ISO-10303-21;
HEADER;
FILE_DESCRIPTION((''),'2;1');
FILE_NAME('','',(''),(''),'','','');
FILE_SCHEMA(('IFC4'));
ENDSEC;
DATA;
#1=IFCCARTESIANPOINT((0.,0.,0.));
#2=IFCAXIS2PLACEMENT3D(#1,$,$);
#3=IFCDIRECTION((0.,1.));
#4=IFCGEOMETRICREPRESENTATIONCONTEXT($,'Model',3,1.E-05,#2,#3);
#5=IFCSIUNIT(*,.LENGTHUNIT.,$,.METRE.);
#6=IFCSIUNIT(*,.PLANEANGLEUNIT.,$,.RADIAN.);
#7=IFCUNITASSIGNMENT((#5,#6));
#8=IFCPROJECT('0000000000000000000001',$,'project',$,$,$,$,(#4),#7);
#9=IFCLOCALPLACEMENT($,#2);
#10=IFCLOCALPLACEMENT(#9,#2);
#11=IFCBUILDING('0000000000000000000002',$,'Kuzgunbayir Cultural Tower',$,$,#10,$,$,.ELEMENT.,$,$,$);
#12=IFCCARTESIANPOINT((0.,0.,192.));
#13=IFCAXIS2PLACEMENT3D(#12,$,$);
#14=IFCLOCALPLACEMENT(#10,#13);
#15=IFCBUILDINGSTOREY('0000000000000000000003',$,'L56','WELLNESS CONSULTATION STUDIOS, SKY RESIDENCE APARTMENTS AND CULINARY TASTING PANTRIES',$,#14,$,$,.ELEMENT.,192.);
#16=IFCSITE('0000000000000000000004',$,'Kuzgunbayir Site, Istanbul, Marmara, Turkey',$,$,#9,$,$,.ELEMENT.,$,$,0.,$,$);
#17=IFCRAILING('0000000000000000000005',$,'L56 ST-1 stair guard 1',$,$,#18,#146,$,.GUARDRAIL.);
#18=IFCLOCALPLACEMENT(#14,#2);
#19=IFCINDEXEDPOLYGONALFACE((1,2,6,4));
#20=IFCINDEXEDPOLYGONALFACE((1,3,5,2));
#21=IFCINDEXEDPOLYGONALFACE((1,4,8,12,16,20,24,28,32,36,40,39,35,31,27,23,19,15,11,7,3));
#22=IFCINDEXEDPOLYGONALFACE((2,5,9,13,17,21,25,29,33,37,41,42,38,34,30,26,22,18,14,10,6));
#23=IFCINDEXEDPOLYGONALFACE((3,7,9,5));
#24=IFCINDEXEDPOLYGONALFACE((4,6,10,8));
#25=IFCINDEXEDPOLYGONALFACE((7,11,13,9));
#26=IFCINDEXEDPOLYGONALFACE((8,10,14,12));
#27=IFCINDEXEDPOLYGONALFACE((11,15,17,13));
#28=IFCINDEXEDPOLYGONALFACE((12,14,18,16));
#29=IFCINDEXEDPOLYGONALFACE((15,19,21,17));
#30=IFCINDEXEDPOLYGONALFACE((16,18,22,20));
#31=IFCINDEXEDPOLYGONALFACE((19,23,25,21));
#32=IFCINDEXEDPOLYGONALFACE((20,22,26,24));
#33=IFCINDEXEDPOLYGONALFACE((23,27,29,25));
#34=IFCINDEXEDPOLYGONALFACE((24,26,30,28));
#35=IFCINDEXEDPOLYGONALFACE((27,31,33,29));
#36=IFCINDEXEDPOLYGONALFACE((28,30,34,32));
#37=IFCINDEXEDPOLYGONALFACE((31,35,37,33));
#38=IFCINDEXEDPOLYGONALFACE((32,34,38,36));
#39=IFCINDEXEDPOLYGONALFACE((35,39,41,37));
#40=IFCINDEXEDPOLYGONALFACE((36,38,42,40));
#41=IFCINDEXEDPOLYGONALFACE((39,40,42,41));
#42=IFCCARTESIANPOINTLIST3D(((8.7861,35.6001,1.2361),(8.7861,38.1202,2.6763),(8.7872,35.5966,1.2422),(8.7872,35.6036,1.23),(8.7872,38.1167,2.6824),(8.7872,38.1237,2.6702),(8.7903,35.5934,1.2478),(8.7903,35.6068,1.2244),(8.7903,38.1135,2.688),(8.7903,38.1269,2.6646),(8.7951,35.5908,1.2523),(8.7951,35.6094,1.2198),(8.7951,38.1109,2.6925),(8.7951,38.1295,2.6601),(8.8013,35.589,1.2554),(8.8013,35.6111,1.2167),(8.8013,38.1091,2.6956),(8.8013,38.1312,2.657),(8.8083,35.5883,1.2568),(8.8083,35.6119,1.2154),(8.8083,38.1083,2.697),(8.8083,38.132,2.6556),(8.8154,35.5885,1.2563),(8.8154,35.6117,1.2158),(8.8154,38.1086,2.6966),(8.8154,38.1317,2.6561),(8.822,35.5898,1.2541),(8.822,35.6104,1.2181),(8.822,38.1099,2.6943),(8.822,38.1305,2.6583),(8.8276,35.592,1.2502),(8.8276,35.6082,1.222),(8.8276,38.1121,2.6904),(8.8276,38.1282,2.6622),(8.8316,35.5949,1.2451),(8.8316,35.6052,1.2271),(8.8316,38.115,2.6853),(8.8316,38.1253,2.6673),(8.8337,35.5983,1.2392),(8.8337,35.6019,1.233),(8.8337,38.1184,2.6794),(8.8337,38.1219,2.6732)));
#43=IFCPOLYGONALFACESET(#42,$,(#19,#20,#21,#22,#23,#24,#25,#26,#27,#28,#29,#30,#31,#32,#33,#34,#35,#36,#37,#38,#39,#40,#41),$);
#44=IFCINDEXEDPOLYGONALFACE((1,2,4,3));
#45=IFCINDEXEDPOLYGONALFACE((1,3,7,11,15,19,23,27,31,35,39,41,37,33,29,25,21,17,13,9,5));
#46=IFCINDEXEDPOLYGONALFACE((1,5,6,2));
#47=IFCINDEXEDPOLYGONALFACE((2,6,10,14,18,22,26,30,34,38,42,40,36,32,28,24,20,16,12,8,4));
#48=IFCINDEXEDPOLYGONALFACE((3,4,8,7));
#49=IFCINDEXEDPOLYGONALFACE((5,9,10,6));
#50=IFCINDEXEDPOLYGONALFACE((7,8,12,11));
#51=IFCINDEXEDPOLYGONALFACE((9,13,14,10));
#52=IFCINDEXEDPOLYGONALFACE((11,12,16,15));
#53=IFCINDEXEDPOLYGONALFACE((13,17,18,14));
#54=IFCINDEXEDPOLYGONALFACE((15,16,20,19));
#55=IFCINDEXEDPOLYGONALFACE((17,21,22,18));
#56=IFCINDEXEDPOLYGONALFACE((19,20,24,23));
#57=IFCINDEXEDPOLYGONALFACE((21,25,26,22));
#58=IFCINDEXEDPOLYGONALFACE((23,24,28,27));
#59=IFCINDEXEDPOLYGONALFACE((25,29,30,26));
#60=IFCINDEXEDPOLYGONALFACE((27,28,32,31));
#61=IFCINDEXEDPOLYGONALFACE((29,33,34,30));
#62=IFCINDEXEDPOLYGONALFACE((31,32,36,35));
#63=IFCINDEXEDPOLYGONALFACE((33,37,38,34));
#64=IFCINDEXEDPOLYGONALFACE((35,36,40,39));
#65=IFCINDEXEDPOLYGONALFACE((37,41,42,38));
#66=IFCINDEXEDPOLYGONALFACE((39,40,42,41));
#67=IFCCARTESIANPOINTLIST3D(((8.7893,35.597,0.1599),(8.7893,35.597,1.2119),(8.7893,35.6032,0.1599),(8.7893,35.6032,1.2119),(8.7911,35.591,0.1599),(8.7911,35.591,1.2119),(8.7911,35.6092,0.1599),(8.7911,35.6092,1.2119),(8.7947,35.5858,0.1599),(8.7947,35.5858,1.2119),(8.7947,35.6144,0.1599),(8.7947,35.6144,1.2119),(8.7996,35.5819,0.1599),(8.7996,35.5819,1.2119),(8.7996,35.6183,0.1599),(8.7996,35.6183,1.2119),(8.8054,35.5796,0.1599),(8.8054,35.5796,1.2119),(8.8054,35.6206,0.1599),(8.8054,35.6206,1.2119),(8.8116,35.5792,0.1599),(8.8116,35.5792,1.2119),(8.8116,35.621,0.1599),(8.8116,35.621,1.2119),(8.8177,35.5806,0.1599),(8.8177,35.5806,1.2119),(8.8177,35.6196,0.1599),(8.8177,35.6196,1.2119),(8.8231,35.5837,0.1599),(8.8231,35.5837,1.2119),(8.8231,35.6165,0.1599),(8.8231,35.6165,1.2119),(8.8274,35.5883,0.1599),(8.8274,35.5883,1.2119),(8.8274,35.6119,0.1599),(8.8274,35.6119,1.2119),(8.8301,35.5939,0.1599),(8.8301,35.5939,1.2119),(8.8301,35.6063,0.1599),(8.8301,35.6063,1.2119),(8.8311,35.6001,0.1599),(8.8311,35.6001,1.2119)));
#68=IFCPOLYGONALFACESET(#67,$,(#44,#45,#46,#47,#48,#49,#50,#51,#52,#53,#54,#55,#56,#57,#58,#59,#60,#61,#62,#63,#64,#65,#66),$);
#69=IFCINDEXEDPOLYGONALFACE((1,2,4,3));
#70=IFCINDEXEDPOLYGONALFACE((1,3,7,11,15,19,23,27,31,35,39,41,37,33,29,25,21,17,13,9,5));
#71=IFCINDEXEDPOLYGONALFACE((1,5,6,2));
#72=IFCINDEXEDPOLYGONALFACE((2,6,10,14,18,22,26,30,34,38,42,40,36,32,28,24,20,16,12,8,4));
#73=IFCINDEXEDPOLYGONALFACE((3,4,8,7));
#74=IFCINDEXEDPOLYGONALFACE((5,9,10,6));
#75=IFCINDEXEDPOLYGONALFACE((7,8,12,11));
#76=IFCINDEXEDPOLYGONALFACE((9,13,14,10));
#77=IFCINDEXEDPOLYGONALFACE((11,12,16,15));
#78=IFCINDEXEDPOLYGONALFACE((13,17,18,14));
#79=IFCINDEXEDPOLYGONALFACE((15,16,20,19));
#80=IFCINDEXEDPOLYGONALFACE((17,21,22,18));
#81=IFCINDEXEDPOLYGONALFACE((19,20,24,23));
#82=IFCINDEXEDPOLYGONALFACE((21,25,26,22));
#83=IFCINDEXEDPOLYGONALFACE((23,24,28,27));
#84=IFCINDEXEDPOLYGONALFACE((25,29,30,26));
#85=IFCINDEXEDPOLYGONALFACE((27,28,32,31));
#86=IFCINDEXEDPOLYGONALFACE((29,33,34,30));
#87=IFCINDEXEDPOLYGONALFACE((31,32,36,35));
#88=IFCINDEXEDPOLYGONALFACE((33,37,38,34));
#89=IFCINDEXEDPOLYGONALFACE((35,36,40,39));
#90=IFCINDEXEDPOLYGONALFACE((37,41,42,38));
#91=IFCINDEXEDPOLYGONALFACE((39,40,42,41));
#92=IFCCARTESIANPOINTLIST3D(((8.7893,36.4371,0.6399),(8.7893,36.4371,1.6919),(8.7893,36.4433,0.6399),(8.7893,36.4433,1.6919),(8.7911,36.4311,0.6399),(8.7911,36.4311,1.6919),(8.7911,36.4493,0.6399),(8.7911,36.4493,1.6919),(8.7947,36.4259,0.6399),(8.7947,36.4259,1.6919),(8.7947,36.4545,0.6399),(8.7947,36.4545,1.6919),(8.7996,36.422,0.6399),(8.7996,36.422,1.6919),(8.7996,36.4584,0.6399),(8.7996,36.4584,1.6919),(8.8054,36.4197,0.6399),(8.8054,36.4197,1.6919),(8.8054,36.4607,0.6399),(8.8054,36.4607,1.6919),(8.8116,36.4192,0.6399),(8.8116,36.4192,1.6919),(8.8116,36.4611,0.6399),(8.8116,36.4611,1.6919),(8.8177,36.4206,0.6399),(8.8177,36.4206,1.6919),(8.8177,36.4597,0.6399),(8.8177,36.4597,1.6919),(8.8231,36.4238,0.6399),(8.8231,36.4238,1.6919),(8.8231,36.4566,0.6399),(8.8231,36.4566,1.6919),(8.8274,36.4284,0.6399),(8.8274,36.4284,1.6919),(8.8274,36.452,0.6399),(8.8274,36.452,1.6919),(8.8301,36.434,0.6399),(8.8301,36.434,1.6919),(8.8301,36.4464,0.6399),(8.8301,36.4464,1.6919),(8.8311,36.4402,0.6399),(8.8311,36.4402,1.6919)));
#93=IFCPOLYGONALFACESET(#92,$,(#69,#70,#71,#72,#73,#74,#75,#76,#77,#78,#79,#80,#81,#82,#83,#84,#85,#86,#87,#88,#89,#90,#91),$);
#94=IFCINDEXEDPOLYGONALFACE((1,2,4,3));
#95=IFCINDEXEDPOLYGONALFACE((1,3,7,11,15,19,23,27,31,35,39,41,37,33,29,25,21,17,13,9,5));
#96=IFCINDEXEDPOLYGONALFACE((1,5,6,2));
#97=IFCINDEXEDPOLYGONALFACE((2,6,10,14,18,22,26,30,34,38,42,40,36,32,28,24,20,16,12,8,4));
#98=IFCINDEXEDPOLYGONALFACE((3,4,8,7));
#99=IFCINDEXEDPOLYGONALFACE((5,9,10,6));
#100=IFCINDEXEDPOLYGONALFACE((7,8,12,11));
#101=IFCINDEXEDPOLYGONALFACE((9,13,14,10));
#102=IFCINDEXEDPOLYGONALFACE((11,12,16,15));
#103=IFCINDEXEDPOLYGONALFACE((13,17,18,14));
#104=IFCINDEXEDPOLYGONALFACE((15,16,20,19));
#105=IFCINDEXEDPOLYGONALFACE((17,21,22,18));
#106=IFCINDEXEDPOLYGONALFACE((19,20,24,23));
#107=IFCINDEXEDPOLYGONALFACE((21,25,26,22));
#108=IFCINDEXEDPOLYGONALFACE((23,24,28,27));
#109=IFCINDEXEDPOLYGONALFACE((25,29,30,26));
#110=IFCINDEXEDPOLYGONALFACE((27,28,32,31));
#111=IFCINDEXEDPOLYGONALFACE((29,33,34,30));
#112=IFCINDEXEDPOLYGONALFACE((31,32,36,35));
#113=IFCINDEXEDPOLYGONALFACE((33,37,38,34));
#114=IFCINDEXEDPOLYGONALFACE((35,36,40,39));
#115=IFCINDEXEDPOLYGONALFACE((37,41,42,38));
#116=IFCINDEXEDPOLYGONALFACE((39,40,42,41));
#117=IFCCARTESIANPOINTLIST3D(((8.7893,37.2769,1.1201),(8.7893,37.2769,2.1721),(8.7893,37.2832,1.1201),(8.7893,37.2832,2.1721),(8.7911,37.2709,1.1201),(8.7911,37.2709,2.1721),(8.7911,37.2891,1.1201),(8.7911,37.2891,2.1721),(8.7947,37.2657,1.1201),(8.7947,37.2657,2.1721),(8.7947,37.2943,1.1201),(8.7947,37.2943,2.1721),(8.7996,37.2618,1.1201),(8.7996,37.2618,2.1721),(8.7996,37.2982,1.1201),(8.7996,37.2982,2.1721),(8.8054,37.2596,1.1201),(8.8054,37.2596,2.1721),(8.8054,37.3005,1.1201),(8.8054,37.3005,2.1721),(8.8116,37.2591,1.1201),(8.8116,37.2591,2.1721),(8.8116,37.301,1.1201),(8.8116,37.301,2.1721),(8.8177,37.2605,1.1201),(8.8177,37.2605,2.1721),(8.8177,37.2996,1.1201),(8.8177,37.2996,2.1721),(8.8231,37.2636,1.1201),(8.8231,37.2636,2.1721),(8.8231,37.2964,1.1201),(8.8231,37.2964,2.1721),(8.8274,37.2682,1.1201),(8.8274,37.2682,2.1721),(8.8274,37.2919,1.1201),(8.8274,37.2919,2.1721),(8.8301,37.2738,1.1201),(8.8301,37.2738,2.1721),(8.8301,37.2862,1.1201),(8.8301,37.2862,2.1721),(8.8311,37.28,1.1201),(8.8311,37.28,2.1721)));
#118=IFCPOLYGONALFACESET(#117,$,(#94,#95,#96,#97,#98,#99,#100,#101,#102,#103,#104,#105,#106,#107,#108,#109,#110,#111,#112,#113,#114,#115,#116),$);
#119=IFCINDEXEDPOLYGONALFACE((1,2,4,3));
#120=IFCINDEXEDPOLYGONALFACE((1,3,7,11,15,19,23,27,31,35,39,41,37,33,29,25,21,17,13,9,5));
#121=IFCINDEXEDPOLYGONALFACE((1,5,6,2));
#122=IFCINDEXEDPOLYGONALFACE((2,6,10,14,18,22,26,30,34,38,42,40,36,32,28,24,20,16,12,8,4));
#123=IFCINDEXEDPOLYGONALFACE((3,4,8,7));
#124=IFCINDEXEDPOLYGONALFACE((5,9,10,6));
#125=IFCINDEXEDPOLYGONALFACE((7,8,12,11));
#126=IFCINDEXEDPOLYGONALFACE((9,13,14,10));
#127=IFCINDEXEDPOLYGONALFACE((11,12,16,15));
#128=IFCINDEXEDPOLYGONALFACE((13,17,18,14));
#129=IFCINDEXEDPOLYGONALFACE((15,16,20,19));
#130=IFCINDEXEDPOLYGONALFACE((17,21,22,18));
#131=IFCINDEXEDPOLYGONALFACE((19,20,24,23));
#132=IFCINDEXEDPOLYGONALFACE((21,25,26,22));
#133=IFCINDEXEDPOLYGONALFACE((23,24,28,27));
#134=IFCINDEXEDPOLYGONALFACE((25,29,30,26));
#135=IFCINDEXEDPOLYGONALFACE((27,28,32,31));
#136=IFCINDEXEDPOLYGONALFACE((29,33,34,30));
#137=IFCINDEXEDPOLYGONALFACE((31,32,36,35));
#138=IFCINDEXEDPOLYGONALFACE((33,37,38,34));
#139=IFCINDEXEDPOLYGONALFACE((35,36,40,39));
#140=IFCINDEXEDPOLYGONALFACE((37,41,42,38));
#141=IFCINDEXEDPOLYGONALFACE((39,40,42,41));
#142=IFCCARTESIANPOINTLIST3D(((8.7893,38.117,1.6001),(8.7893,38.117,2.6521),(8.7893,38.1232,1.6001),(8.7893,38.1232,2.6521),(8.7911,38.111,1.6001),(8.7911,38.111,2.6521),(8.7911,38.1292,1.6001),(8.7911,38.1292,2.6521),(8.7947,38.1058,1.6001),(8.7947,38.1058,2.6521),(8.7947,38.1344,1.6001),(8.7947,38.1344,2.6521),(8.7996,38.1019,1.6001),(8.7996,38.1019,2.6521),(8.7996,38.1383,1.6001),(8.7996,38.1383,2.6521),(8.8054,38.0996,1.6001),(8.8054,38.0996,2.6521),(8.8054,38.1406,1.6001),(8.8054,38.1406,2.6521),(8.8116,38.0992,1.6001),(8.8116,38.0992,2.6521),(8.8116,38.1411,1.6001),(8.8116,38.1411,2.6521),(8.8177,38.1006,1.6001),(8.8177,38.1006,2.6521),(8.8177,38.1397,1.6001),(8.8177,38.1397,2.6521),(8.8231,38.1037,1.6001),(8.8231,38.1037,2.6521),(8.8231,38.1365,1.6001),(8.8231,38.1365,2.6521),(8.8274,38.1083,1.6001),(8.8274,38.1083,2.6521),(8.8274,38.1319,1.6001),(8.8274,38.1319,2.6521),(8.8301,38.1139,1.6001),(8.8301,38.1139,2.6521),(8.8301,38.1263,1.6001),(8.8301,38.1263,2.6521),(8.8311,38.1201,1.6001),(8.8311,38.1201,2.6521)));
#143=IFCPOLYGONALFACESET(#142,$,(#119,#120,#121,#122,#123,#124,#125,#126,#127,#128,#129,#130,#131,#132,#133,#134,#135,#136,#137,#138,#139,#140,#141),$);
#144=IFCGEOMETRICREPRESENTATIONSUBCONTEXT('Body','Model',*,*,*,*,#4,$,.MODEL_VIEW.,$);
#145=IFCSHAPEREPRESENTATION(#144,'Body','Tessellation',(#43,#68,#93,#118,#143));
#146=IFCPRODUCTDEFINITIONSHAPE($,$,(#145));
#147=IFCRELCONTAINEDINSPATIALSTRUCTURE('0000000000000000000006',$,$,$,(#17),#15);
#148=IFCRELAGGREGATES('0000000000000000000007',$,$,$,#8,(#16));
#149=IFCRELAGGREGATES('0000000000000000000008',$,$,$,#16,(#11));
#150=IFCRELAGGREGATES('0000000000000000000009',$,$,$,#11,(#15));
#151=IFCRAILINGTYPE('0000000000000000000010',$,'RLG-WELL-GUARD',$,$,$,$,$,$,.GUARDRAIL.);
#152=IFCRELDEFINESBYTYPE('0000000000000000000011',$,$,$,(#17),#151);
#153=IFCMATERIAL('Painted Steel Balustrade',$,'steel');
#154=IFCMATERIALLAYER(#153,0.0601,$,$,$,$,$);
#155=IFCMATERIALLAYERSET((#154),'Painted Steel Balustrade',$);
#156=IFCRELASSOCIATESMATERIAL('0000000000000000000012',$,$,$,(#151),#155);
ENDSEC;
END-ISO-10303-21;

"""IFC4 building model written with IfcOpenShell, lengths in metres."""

from ifc_helpers import new_model, si_unit, direction, frame, origin, origin_2d, place, context, subcontext, project, spatial, circle, extrude, material, layer, layer_set, type_object, element, save


model = new_model("IFC4")

# Units and contexts
model_context = context("Model", 3, precision=1e-05, world=origin(), true_north=direction((0.0, 1.0)))
body_context = subcontext(model_context, "Body", "Model", "MODEL_VIEW")
ifc_project = project(units=[si_unit("LENGTHUNIT", "METRE"), si_unit("PLANEANGLEUNIT", "RADIAN")], contexts=[model_context])

# Site, building, storey
site_placement = place(None, origin())
site = spatial("IfcSite", under=ifc_project, at=site_placement, Name="Kuzgunbayir Site, Istanbul, Marmara, Turkey", CompositionType="ELEMENT", RefElevation=0.0)
building_placement = place(site_placement, origin())
building = spatial("IfcBuilding", under=site, at=building_placement, Name="Kuzgunbayir Cultural Tower", CompositionType="ELEMENT")
storey_placement = place(building_placement, frame((0.0, 0.0, 192.0)))
storey = spatial("IfcBuildingStorey", under=building, at=storey_placement, Name="L56", Description="WELLNESS CONSULTATION STUDIOS, SKY RESIDENCE APARTMENTS AND CULINARY TASTING PANTRIES", CompositionType="ELEMENT", Elevation=192.0)

# Railing
ifc_material_1 = material(Name="Painted Steel Balustrade", Category="steel")
ifc_layer_1 = layer(ifc_material_1, 0.0601)
ifc_layer_set_1 = layer_set([ifc_layer_1], Name="Painted Steel Balustrade")
railing_type_1 = type_object("IfcRailingType", Name="RLG-WELL-GUARD", PredefinedType="GUARDRAIL", material=ifc_layer_set_1)
railing_1_placement = place(storey_placement, frame((8.8101, 35.6001, 0.1599)))
element("IfcRailing", 1, at=railing_1_placement, inside=storey, type_object=railing_type_1, Name="L56 ST-1 stair guard 1", PredefinedType="GUARDRAIL", context=body_context, shape_type="SweptSolid", body=[
    extrude(circle(Radius=0.0239, at=origin_2d()), frame((0.0, 0.0, 1.0762), z_axis=(0.0, 0.868217, 0.496184), x_axis=(-1.0, 0.0, 0.0)), (0.0, 0.0, 1.0), 2.9026),
    extrude(circle(Radius=0.021, at=origin_2d()), origin(), (0.0, 0.0, 1.0), 1.052),
    extrude(circle(Radius=0.021, at=origin_2d()), frame((0.0, 0.8401, 0.48)), (0.0, 0.0, 1.0), 1.052),
    extrude(circle(Radius=0.021, at=origin_2d()), frame((0.0, 1.6799, 0.9602)), (0.0, 0.0, 1.0), 1.052),
    extrude(circle(Radius=0.021, at=origin_2d()), frame((0.0, 2.52, 1.4402)), (0.0, 0.0, 1.0), 1.052),
])

save(model, "model.ifc")
